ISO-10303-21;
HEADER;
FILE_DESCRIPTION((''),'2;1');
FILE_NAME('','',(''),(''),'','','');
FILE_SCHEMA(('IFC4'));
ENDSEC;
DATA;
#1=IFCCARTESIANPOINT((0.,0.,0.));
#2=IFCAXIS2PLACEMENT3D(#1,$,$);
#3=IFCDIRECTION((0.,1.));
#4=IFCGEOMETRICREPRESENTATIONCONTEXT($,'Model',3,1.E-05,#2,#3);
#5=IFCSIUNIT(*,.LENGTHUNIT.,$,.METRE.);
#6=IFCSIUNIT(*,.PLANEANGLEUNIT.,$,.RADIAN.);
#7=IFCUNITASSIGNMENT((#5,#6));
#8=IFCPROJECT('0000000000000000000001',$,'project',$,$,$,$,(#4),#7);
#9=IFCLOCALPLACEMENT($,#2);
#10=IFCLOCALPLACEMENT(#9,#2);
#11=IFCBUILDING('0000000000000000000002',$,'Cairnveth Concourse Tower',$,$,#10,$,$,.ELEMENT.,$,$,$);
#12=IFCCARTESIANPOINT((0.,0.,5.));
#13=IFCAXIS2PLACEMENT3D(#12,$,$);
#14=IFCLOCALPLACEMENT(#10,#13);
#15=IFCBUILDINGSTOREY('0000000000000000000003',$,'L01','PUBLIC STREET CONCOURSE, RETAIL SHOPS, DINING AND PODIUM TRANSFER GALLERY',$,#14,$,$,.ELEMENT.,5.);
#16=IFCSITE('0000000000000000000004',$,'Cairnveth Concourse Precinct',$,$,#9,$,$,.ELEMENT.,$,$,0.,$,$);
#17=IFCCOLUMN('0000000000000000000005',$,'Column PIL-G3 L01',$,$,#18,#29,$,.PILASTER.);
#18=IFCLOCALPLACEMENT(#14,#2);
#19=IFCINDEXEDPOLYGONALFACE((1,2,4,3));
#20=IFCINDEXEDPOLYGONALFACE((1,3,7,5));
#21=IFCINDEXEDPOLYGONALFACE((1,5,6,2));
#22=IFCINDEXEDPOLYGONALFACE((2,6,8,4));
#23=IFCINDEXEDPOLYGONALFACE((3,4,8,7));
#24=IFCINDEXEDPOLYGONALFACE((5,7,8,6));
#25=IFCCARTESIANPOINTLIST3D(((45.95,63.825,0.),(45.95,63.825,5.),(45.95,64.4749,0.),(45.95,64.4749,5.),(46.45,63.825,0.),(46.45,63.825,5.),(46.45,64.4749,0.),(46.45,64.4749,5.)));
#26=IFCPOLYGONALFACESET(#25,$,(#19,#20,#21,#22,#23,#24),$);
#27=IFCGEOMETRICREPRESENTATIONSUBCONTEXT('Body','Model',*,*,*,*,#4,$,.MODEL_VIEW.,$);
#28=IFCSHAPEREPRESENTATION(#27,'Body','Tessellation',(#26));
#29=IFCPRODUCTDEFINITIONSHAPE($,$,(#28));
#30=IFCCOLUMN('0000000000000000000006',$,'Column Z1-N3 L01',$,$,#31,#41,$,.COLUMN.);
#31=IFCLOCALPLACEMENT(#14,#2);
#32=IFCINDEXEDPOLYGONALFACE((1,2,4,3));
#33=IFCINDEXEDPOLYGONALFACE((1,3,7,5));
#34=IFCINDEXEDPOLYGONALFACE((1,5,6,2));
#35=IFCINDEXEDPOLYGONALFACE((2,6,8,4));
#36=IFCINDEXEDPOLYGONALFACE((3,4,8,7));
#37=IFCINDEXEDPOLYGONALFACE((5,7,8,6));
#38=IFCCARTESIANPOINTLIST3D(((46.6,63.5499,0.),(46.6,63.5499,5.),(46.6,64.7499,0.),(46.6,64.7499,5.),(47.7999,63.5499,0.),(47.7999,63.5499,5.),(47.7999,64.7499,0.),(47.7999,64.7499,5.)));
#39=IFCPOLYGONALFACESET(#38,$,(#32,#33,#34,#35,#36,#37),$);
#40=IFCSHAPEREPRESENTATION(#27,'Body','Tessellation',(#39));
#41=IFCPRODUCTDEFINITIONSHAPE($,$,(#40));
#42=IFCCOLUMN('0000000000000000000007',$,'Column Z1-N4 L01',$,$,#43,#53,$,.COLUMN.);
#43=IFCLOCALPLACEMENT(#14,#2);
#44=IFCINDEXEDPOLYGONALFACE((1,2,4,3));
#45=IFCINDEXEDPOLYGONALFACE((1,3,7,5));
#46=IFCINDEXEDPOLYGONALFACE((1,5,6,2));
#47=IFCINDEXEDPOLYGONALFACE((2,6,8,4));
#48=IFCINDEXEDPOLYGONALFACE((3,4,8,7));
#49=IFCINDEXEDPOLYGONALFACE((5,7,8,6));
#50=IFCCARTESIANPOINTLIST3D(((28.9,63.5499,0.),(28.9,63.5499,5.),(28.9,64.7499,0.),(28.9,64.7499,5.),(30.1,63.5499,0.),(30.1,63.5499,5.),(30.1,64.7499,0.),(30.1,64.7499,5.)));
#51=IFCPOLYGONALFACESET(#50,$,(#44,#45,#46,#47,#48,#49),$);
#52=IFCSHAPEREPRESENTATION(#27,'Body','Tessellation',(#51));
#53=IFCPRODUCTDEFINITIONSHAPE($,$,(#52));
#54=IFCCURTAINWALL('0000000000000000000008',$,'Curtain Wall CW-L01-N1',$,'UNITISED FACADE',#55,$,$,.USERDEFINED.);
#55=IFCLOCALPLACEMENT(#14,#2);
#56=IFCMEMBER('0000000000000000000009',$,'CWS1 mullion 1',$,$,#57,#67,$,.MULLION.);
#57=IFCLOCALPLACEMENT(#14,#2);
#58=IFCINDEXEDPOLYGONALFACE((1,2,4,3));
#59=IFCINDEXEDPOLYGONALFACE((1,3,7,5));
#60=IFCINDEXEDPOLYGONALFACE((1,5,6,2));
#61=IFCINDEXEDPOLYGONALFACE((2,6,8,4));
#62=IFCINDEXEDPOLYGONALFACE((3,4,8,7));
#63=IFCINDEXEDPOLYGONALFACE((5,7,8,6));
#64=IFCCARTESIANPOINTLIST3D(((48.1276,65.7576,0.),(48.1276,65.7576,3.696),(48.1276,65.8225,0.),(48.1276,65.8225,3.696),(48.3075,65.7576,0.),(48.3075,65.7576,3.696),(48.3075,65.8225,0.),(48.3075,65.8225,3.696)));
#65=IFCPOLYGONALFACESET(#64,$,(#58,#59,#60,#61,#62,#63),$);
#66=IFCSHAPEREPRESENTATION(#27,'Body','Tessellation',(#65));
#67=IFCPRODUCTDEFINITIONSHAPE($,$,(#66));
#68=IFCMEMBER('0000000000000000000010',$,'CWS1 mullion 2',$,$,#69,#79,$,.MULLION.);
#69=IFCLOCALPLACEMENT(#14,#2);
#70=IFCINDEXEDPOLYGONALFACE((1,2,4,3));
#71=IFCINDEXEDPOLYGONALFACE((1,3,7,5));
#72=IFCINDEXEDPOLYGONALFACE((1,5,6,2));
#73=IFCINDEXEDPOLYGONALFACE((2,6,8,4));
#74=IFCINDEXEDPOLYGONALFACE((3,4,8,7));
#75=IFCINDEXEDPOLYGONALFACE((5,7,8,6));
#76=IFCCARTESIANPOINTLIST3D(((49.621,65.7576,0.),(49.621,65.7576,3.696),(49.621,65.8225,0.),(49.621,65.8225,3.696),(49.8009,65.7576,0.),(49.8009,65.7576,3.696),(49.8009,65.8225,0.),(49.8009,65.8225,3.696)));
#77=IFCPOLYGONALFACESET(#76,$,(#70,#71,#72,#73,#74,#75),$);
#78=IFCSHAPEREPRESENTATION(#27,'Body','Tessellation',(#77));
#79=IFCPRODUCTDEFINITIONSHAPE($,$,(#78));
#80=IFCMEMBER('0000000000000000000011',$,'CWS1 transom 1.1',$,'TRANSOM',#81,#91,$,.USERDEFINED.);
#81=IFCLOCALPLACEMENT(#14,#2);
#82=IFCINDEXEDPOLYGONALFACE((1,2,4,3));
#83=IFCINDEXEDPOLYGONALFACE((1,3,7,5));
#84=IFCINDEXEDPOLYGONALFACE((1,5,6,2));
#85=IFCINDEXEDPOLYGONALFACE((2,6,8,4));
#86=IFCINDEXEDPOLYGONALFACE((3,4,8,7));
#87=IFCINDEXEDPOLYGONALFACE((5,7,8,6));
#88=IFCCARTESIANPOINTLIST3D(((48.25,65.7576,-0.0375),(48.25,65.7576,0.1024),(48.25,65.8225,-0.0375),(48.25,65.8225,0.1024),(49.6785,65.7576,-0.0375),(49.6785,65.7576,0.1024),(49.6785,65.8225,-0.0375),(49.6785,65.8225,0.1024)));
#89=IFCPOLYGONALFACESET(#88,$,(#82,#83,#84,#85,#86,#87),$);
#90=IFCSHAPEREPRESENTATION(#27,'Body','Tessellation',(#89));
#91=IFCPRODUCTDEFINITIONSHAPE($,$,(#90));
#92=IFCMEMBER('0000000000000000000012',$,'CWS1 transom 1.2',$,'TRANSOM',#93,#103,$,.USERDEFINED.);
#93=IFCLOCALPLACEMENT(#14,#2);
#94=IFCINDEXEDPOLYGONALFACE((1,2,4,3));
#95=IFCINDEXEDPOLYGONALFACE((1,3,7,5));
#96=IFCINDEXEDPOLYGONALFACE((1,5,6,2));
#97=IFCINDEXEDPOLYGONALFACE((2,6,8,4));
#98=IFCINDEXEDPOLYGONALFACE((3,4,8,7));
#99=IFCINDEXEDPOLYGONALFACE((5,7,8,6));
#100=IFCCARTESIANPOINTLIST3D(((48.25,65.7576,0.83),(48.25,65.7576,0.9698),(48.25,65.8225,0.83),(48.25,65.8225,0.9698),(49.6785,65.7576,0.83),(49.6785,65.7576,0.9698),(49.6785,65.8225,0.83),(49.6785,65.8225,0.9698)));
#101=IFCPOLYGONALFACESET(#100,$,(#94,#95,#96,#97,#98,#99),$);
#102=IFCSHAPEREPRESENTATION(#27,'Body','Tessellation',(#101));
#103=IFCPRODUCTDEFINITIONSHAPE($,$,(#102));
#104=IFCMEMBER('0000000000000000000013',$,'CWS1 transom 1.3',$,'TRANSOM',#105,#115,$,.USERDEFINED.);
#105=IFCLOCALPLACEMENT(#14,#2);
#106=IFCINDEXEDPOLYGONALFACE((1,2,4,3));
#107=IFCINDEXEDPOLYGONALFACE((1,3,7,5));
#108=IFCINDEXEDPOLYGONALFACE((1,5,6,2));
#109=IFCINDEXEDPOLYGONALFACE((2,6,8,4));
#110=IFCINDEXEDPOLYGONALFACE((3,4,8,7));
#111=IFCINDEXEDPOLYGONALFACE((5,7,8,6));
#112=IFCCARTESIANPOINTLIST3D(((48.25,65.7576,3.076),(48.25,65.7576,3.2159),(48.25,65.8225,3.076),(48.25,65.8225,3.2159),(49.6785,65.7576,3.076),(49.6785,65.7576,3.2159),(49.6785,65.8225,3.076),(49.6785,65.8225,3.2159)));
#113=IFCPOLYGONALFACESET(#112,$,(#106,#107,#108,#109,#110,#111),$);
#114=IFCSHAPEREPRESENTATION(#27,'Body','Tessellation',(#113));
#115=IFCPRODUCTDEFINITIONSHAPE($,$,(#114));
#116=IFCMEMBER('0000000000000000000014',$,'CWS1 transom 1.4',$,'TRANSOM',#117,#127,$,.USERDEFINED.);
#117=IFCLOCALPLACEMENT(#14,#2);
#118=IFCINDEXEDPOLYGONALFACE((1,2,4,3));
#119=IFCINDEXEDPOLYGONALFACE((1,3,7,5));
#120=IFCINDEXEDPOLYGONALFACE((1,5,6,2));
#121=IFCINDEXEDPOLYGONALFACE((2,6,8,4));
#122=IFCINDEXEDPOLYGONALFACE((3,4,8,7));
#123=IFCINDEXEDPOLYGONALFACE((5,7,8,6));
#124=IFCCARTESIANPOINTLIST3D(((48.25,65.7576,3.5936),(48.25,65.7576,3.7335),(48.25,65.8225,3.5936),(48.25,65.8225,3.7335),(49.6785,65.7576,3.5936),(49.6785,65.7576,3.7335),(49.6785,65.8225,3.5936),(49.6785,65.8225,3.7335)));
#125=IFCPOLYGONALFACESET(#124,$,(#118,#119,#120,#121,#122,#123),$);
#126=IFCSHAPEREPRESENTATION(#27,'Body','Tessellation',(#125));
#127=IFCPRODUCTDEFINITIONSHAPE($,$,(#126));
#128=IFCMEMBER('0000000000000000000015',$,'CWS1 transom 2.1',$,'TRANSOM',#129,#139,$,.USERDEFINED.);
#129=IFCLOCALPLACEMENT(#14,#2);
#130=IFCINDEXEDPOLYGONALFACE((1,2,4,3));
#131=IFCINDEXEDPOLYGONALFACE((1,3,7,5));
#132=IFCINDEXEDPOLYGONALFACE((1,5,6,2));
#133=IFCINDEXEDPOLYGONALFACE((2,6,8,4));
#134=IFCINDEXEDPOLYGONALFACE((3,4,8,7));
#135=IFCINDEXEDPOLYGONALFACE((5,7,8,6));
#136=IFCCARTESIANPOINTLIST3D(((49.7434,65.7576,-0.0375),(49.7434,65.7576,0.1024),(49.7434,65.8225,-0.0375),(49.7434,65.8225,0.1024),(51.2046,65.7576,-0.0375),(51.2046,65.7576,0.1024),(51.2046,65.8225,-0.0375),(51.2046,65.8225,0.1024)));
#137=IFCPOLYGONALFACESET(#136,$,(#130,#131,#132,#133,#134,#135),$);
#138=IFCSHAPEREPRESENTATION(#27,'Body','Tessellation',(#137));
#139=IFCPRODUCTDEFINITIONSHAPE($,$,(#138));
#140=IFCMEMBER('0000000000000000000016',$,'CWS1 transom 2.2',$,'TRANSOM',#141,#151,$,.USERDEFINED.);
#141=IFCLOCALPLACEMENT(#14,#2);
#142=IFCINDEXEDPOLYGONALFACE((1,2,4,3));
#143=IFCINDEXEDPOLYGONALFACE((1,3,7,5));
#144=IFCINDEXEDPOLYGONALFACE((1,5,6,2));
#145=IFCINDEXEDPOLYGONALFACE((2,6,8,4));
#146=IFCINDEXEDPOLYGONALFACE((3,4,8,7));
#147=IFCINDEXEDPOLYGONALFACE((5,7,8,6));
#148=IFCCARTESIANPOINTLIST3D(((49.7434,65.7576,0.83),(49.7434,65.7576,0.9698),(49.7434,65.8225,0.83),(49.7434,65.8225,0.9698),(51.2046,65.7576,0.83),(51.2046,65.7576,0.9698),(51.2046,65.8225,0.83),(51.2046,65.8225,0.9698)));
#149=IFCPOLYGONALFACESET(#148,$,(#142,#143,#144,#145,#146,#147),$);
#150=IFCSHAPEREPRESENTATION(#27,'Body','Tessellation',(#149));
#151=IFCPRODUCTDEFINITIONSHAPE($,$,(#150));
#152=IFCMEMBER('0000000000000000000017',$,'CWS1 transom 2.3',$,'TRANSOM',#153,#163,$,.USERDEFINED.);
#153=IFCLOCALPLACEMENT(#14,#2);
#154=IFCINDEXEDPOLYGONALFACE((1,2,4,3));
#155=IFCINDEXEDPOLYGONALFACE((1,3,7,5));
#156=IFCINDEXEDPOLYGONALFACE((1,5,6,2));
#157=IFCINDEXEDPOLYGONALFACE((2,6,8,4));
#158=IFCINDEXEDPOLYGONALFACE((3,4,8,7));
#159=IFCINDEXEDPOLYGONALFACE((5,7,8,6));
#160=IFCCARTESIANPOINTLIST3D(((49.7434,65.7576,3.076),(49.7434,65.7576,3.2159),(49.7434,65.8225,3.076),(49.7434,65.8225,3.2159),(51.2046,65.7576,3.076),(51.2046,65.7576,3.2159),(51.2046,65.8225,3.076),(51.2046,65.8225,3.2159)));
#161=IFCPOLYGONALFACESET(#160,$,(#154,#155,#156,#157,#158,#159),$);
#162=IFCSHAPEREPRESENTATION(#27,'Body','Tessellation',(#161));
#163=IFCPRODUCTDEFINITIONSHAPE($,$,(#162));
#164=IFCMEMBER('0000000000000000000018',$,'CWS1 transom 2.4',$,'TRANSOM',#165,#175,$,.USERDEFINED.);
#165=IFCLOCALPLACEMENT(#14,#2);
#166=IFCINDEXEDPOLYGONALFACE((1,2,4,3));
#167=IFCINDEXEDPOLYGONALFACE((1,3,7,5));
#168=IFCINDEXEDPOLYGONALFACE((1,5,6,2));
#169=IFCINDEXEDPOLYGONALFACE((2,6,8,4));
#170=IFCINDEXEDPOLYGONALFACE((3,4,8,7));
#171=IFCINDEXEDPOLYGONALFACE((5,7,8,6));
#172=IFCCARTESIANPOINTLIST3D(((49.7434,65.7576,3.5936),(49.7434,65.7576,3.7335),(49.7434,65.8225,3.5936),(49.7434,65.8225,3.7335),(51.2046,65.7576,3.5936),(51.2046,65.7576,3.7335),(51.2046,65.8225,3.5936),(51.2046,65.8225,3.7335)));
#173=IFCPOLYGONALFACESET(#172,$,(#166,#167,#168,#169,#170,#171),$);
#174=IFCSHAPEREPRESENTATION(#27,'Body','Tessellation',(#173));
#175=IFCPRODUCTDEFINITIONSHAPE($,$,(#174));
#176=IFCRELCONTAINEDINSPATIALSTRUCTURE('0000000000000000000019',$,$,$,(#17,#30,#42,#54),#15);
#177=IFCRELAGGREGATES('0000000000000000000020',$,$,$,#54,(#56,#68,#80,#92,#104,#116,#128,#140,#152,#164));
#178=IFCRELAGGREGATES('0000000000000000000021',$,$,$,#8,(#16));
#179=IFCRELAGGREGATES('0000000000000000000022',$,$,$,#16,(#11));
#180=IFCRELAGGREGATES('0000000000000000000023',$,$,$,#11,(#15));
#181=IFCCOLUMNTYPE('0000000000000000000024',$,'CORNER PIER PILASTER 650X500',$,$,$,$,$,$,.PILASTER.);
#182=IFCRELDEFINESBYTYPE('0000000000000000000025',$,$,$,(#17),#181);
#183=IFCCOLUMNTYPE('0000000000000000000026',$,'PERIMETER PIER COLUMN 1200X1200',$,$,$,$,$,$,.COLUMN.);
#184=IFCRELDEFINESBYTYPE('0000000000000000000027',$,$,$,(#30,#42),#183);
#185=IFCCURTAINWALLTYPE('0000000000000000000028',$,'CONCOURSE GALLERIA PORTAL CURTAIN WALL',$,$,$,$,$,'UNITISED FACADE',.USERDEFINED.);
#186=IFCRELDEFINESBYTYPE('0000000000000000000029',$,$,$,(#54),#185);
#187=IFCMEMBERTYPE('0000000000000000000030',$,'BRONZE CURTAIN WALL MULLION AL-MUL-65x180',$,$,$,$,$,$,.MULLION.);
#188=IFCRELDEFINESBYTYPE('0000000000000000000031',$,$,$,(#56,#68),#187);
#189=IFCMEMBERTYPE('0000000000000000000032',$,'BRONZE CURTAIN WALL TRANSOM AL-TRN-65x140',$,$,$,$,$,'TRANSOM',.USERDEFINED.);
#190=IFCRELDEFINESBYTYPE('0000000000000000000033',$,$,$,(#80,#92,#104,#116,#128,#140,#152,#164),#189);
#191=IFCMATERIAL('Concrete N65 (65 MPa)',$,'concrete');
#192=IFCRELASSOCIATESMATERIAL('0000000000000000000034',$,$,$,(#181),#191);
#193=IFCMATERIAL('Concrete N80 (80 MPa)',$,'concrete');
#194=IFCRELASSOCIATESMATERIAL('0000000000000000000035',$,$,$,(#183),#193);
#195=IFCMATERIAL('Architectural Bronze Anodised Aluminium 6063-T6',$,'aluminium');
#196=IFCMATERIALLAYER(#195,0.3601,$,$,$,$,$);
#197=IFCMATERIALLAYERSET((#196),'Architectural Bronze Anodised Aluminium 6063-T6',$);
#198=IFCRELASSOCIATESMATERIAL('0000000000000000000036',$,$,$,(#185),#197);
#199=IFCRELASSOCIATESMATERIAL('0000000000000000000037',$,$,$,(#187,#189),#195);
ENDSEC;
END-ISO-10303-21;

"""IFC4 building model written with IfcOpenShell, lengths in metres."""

from ifc_helpers import new_model, si_unit, direction, frame, origin, origin_2d, place, context, subcontext, project, spatial, rectangle, extrude, material, layer, layer_set, material_profile, profile_set, type_object, element, aggregate, save


model = new_model("IFC4")

# Units and contexts
model_context = context("Model", 3, precision=1e-05, world=origin(), true_north=direction((0.0, 1.0)))
body_context = subcontext(model_context, "Body", "Model", "MODEL_VIEW")
ifc_project = project(units=[si_unit("LENGTHUNIT", "METRE"), si_unit("PLANEANGLEUNIT", "RADIAN")], contexts=[model_context])

# Site, building, storey
site_placement = place(None, origin())
site = spatial("IfcSite", under=ifc_project, at=site_placement, Name="Cairnveth Concourse Precinct", CompositionType="ELEMENT", RefElevation=0.0)
building_placement = place(site_placement, origin())
building = spatial("IfcBuilding", under=site, at=building_placement, Name="Cairnveth Concourse Tower", CompositionType="ELEMENT")
storey_placement = place(building_placement, frame((0.0, 0.0, 5.0)))
storey = spatial("IfcBuildingStorey", under=building, at=storey_placement, Name="L01", Description="PUBLIC STREET CONCOURSE, RETAIL SHOPS, DINING AND PODIUM TRANSFER GALLERY", CompositionType="ELEMENT", Elevation=5.0)

# Columns
ifc_material_1 = material(Name="Concrete N65 (65 MPa)", Category="concrete")
ifc_material_profile_1 = material_profile(ifc_material_1, rectangle(XDim=0.5, YDim=0.6499, at=origin_2d()), Name="RC-PIL-650x500")
ifc_profile_set_1 = profile_set([ifc_material_profile_1], Name="Concrete N65 (65 MPa)")
column_type_1 = type_object("IfcColumnType", Name="CORNER PIER PILASTER 650X500", PredefinedType="PILASTER", material=ifc_profile_set_1)
column_placement = place(storey_placement, frame((46.2, 64.1499, 0.0), z_axis=(0.0, 0.0, 1.0), x_axis=(1.0, 0.0, 0.0)))
element("IfcColumn", 1, at=column_placement, inside=storey, type_object=column_type_1, Name="Column PIL-G3 L01", PredefinedType="PILASTER", context=body_context, shape_type="SweptSolid", body=[
    extrude(rectangle(XDim=0.5, YDim=0.6499, at=origin_2d()), origin(), (0.0, 0.0, 1.0), 5.0),
])
ifc_material_2 = material(Name="Concrete N80 (80 MPa)", Category="concrete")
ifc_material_profile_2 = material_profile(ifc_material_2, rectangle(XDim=1.2, YDim=1.2, at=origin_2d()), Name="RC-COL-1200x1200")
ifc_profile_set_2 = profile_set([ifc_material_profile_2], Name="Concrete N80 (80 MPa)")
column_type_2 = type_object("IfcColumnType", Name="PERIMETER PIER COLUMN 1200X1200", PredefinedType="COLUMN", material=ifc_profile_set_2)
for number, where, z_axis, x_axis, name in (
    (2, (47.2, 64.1499, 0.0), (0.0, 0.0, 1.0), (1.0, 0.0, 0.0), "Column Z1-N3 L01"),
    (3, (29.5, 64.1499, 0.0), (0.0, 0.0, 1.0), (1.0, 0.0, 0.0), "Column Z1-N4 L01"),
):
    element("IfcColumn", number, at=place(storey_placement, frame(where, z_axis=z_axis, x_axis=x_axis)), inside=storey, type_object=column_type_2, Name=name, PredefinedType="COLUMN", context=body_context, shape_type="SweptSolid", body=[
        extrude(rectangle(XDim=1.2, YDim=1.2, at=origin_2d()), origin(), (0.0, 0.0, 1.0), 5.0),
    ])

# Curtain wall, members
ifc_material_3 = material(Name="Architectural Bronze Anodised Aluminium 6063-T6", Category="aluminium")
ifc_layer_1 = layer(ifc_material_3, 0.3601)
ifc_layer_set_1 = layer_set([ifc_layer_1], Name="Architectural Bronze Anodised Aluminium 6063-T6")
curtain_wall_type = type_object("IfcCurtainWallType", Name="CONCOURSE GALLERIA PORTAL CURTAIN WALL", ElementType="UNITISED FACADE", PredefinedType="USERDEFINED", material=ifc_layer_set_1)
curtain_wall_placement = place(storey_placement, origin())
curtain_wall = element("IfcCurtainWall", 4, at=curtain_wall_placement, inside=storey, type_object=curtain_wall_type, Name="Curtain Wall CW-L01-N1", ObjectType="UNITISED FACADE", PredefinedType="USERDEFINED")
ifc_material_profile_3 = material_profile(ifc_material_3, rectangle(XDim=0.0649, YDim=0.1799, at=origin_2d()), Name="AL-MUL-65x180")
ifc_profile_set_3 = profile_set([ifc_material_profile_3], Name="Architectural Bronze Anodised Aluminium 6063-T6")
member_type_1 = type_object("IfcMemberType", Name="BRONZE CURTAIN WALL MULLION AL-MUL-65x180", PredefinedType="MULLION", material=ifc_profile_set_3)
member_1_placement = place(storey_placement, frame((48.2175, 65.79, 0.0), z_axis=(0.0, 0.0, 1.0), x_axis=(0.0, 1.0, 0.0)))
member_1 = element("IfcMember", 5, at=member_1_placement, type_object=member_type_1, Name="CWS1 mullion 1", PredefinedType="MULLION", context=body_context, shape_type="SweptSolid", body=[
    extrude(rectangle(XDim=0.0649, YDim=0.1799, at=origin_2d()), origin(), (0.0, 0.0, 1.0), 3.696),
])
member_2_placement = place(storey_placement, frame((49.7109, 65.79, 0.0), z_axis=(0.0, 0.0, 1.0), x_axis=(0.0, 1.0, 0.0)))
member_2 = element("IfcMember", 6, at=member_2_placement, type_object=member_type_1, Name="CWS1 mullion 2", PredefinedType="MULLION", context=body_context, shape_type="SweptSolid", body=[
    extrude(rectangle(XDim=0.0649, YDim=0.1799, at=origin_2d()), origin(), (0.0, 0.0, 1.0), 3.696),
])
ifc_material_profile_4 = material_profile(ifc_material_3, rectangle(XDim=0.0649, YDim=0.1399, at=origin_2d()), Name="AL-TRN-65x140")
ifc_profile_set_4 = profile_set([ifc_material_profile_4], Name="Architectural Bronze Anodised Aluminium 6063-T6")
member_type_2 = type_object("IfcMemberType", Name="BRONZE CURTAIN WALL TRANSOM AL-TRN-65x140", ElementType="TRANSOM", PredefinedType="USERDEFINED", material=ifc_profile_set_4)
member_3_placement = place(storey_placement, frame((48.25, 65.79, 0.0325), z_axis=(1.0, 0.0, 0.0), x_axis=(0.0, 1.0, 0.0)))
member_3 = element("IfcMember", 7, at=member_3_placement, type_object=member_type_2, Name="CWS1 transom 1.1", ObjectType="TRANSOM", PredefinedType="USERDEFINED", context=body_context, shape_type="SweptSolid", body=[
    extrude(rectangle(XDim=0.0649, YDim=0.1399, at=origin_2d()), origin(), (0.0, 0.0, 1.0), 1.4285),
])
member_4_placement = place(storey_placement, frame((48.25, 65.79, 0.8999), z_axis=(1.0, 0.0, 0.0), x_axis=(0.0, 1.0, 0.0)))
member_4 = element("IfcMember", 8, at=member_4_placement, type_object=member_type_2, Name="CWS1 transom 1.2", ObjectType="TRANSOM", PredefinedType="USERDEFINED", context=body_context, shape_type="SweptSolid", body=[
    extrude(rectangle(XDim=0.0649, YDim=0.1399, at=origin_2d()), origin(), (0.0, 0.0, 1.0), 1.4285),
])
member_5_placement = place(storey_placement, frame((48.25, 65.79, 3.146), z_axis=(1.0, 0.0, 0.0), x_axis=(0.0, 1.0, 0.0)))
member_5 = element("IfcMember", 9, at=member_5_placement, type_object=member_type_2, Name="CWS1 transom 1.3", ObjectType="TRANSOM", PredefinedType="USERDEFINED", context=body_context, shape_type="SweptSolid", body=[
    extrude(rectangle(XDim=0.0649, YDim=0.1399, at=origin_2d()), origin(), (0.0, 0.0, 1.0), 1.4285),
])
member_6_placement = place(storey_placement, frame((48.25, 65.79, 3.6636), z_axis=(1.0, 0.0, 0.0), x_axis=(0.0, 1.0, 0.0)))
member_6 = element("IfcMember", 10, at=member_6_placement, type_object=member_type_2, Name="CWS1 transom 1.4", ObjectType="TRANSOM", PredefinedType="USERDEFINED", context=body_context, shape_type="SweptSolid", body=[
    extrude(rectangle(XDim=0.0649, YDim=0.1399, at=origin_2d()), origin(), (0.0, 0.0, 1.0), 1.4285),
])
member_7_placement = place(storey_placement, frame((49.7434, 65.79, 0.0325), z_axis=(1.0, 0.0, 0.0), x_axis=(0.0, 1.0, 0.0)))
member_7 = element("IfcMember", 11, at=member_7_placement, type_object=member_type_2, Name="CWS1 transom 2.1", ObjectType="TRANSOM", PredefinedType="USERDEFINED", context=body_context, shape_type="SweptSolid", body=[
    extrude(rectangle(XDim=0.0649, YDim=0.1399, at=origin_2d()), origin(), (0.0, 0.0, 1.0), 1.4612),
])
member_8_placement = place(storey_placement, frame((49.7434, 65.79, 0.8999), z_axis=(1.0, 0.0, 0.0), x_axis=(0.0, 1.0, 0.0)))
member_8 = element("IfcMember", 12, at=member_8_placement, type_object=member_type_2, Name="CWS1 transom 2.2", ObjectType="TRANSOM", PredefinedType="USERDEFINED", context=body_context, shape_type="SweptSolid", body=[
    extrude(rectangle(XDim=0.0649, YDim=0.1399, at=origin_2d()), origin(), (0.0, 0.0, 1.0), 1.4612),
])
member_9_placement = place(storey_placement, frame((49.7434, 65.79, 3.146), z_axis=(1.0, 0.0, 0.0), x_axis=(0.0, 1.0, 0.0)))
member_9 = element("IfcMember", 13, at=member_9_placement, type_object=member_type_2, Name="CWS1 transom 2.3", ObjectType="TRANSOM", PredefinedType="USERDEFINED", context=body_context, shape_type="SweptSolid", body=[
    extrude(rectangle(XDim=0.0649, YDim=0.1399, at=origin_2d()), origin(), (0.0, 0.0, 1.0), 1.4612),
])
member_10_placement = place(storey_placement, frame((49.7434, 65.79, 3.6636), z_axis=(1.0, 0.0, 0.0), x_axis=(0.0, 1.0, 0.0)))
member_10 = element("IfcMember", 14, at=member_10_placement, type_object=member_type_2, Name="CWS1 transom 2.4", ObjectType="TRANSOM", PredefinedType="USERDEFINED", context=body_context, shape_type="SweptSolid", body=[
    extrude(rectangle(XDim=0.0649, YDim=0.1399, at=origin_2d()), origin(), (0.0, 0.0, 1.0), 1.4612),
])

aggregate(curtain_wall, [member_1, member_2, member_3, member_4, member_5, member_6, member_7, member_8, member_9, member_10])

save(model, "model.ifc")
